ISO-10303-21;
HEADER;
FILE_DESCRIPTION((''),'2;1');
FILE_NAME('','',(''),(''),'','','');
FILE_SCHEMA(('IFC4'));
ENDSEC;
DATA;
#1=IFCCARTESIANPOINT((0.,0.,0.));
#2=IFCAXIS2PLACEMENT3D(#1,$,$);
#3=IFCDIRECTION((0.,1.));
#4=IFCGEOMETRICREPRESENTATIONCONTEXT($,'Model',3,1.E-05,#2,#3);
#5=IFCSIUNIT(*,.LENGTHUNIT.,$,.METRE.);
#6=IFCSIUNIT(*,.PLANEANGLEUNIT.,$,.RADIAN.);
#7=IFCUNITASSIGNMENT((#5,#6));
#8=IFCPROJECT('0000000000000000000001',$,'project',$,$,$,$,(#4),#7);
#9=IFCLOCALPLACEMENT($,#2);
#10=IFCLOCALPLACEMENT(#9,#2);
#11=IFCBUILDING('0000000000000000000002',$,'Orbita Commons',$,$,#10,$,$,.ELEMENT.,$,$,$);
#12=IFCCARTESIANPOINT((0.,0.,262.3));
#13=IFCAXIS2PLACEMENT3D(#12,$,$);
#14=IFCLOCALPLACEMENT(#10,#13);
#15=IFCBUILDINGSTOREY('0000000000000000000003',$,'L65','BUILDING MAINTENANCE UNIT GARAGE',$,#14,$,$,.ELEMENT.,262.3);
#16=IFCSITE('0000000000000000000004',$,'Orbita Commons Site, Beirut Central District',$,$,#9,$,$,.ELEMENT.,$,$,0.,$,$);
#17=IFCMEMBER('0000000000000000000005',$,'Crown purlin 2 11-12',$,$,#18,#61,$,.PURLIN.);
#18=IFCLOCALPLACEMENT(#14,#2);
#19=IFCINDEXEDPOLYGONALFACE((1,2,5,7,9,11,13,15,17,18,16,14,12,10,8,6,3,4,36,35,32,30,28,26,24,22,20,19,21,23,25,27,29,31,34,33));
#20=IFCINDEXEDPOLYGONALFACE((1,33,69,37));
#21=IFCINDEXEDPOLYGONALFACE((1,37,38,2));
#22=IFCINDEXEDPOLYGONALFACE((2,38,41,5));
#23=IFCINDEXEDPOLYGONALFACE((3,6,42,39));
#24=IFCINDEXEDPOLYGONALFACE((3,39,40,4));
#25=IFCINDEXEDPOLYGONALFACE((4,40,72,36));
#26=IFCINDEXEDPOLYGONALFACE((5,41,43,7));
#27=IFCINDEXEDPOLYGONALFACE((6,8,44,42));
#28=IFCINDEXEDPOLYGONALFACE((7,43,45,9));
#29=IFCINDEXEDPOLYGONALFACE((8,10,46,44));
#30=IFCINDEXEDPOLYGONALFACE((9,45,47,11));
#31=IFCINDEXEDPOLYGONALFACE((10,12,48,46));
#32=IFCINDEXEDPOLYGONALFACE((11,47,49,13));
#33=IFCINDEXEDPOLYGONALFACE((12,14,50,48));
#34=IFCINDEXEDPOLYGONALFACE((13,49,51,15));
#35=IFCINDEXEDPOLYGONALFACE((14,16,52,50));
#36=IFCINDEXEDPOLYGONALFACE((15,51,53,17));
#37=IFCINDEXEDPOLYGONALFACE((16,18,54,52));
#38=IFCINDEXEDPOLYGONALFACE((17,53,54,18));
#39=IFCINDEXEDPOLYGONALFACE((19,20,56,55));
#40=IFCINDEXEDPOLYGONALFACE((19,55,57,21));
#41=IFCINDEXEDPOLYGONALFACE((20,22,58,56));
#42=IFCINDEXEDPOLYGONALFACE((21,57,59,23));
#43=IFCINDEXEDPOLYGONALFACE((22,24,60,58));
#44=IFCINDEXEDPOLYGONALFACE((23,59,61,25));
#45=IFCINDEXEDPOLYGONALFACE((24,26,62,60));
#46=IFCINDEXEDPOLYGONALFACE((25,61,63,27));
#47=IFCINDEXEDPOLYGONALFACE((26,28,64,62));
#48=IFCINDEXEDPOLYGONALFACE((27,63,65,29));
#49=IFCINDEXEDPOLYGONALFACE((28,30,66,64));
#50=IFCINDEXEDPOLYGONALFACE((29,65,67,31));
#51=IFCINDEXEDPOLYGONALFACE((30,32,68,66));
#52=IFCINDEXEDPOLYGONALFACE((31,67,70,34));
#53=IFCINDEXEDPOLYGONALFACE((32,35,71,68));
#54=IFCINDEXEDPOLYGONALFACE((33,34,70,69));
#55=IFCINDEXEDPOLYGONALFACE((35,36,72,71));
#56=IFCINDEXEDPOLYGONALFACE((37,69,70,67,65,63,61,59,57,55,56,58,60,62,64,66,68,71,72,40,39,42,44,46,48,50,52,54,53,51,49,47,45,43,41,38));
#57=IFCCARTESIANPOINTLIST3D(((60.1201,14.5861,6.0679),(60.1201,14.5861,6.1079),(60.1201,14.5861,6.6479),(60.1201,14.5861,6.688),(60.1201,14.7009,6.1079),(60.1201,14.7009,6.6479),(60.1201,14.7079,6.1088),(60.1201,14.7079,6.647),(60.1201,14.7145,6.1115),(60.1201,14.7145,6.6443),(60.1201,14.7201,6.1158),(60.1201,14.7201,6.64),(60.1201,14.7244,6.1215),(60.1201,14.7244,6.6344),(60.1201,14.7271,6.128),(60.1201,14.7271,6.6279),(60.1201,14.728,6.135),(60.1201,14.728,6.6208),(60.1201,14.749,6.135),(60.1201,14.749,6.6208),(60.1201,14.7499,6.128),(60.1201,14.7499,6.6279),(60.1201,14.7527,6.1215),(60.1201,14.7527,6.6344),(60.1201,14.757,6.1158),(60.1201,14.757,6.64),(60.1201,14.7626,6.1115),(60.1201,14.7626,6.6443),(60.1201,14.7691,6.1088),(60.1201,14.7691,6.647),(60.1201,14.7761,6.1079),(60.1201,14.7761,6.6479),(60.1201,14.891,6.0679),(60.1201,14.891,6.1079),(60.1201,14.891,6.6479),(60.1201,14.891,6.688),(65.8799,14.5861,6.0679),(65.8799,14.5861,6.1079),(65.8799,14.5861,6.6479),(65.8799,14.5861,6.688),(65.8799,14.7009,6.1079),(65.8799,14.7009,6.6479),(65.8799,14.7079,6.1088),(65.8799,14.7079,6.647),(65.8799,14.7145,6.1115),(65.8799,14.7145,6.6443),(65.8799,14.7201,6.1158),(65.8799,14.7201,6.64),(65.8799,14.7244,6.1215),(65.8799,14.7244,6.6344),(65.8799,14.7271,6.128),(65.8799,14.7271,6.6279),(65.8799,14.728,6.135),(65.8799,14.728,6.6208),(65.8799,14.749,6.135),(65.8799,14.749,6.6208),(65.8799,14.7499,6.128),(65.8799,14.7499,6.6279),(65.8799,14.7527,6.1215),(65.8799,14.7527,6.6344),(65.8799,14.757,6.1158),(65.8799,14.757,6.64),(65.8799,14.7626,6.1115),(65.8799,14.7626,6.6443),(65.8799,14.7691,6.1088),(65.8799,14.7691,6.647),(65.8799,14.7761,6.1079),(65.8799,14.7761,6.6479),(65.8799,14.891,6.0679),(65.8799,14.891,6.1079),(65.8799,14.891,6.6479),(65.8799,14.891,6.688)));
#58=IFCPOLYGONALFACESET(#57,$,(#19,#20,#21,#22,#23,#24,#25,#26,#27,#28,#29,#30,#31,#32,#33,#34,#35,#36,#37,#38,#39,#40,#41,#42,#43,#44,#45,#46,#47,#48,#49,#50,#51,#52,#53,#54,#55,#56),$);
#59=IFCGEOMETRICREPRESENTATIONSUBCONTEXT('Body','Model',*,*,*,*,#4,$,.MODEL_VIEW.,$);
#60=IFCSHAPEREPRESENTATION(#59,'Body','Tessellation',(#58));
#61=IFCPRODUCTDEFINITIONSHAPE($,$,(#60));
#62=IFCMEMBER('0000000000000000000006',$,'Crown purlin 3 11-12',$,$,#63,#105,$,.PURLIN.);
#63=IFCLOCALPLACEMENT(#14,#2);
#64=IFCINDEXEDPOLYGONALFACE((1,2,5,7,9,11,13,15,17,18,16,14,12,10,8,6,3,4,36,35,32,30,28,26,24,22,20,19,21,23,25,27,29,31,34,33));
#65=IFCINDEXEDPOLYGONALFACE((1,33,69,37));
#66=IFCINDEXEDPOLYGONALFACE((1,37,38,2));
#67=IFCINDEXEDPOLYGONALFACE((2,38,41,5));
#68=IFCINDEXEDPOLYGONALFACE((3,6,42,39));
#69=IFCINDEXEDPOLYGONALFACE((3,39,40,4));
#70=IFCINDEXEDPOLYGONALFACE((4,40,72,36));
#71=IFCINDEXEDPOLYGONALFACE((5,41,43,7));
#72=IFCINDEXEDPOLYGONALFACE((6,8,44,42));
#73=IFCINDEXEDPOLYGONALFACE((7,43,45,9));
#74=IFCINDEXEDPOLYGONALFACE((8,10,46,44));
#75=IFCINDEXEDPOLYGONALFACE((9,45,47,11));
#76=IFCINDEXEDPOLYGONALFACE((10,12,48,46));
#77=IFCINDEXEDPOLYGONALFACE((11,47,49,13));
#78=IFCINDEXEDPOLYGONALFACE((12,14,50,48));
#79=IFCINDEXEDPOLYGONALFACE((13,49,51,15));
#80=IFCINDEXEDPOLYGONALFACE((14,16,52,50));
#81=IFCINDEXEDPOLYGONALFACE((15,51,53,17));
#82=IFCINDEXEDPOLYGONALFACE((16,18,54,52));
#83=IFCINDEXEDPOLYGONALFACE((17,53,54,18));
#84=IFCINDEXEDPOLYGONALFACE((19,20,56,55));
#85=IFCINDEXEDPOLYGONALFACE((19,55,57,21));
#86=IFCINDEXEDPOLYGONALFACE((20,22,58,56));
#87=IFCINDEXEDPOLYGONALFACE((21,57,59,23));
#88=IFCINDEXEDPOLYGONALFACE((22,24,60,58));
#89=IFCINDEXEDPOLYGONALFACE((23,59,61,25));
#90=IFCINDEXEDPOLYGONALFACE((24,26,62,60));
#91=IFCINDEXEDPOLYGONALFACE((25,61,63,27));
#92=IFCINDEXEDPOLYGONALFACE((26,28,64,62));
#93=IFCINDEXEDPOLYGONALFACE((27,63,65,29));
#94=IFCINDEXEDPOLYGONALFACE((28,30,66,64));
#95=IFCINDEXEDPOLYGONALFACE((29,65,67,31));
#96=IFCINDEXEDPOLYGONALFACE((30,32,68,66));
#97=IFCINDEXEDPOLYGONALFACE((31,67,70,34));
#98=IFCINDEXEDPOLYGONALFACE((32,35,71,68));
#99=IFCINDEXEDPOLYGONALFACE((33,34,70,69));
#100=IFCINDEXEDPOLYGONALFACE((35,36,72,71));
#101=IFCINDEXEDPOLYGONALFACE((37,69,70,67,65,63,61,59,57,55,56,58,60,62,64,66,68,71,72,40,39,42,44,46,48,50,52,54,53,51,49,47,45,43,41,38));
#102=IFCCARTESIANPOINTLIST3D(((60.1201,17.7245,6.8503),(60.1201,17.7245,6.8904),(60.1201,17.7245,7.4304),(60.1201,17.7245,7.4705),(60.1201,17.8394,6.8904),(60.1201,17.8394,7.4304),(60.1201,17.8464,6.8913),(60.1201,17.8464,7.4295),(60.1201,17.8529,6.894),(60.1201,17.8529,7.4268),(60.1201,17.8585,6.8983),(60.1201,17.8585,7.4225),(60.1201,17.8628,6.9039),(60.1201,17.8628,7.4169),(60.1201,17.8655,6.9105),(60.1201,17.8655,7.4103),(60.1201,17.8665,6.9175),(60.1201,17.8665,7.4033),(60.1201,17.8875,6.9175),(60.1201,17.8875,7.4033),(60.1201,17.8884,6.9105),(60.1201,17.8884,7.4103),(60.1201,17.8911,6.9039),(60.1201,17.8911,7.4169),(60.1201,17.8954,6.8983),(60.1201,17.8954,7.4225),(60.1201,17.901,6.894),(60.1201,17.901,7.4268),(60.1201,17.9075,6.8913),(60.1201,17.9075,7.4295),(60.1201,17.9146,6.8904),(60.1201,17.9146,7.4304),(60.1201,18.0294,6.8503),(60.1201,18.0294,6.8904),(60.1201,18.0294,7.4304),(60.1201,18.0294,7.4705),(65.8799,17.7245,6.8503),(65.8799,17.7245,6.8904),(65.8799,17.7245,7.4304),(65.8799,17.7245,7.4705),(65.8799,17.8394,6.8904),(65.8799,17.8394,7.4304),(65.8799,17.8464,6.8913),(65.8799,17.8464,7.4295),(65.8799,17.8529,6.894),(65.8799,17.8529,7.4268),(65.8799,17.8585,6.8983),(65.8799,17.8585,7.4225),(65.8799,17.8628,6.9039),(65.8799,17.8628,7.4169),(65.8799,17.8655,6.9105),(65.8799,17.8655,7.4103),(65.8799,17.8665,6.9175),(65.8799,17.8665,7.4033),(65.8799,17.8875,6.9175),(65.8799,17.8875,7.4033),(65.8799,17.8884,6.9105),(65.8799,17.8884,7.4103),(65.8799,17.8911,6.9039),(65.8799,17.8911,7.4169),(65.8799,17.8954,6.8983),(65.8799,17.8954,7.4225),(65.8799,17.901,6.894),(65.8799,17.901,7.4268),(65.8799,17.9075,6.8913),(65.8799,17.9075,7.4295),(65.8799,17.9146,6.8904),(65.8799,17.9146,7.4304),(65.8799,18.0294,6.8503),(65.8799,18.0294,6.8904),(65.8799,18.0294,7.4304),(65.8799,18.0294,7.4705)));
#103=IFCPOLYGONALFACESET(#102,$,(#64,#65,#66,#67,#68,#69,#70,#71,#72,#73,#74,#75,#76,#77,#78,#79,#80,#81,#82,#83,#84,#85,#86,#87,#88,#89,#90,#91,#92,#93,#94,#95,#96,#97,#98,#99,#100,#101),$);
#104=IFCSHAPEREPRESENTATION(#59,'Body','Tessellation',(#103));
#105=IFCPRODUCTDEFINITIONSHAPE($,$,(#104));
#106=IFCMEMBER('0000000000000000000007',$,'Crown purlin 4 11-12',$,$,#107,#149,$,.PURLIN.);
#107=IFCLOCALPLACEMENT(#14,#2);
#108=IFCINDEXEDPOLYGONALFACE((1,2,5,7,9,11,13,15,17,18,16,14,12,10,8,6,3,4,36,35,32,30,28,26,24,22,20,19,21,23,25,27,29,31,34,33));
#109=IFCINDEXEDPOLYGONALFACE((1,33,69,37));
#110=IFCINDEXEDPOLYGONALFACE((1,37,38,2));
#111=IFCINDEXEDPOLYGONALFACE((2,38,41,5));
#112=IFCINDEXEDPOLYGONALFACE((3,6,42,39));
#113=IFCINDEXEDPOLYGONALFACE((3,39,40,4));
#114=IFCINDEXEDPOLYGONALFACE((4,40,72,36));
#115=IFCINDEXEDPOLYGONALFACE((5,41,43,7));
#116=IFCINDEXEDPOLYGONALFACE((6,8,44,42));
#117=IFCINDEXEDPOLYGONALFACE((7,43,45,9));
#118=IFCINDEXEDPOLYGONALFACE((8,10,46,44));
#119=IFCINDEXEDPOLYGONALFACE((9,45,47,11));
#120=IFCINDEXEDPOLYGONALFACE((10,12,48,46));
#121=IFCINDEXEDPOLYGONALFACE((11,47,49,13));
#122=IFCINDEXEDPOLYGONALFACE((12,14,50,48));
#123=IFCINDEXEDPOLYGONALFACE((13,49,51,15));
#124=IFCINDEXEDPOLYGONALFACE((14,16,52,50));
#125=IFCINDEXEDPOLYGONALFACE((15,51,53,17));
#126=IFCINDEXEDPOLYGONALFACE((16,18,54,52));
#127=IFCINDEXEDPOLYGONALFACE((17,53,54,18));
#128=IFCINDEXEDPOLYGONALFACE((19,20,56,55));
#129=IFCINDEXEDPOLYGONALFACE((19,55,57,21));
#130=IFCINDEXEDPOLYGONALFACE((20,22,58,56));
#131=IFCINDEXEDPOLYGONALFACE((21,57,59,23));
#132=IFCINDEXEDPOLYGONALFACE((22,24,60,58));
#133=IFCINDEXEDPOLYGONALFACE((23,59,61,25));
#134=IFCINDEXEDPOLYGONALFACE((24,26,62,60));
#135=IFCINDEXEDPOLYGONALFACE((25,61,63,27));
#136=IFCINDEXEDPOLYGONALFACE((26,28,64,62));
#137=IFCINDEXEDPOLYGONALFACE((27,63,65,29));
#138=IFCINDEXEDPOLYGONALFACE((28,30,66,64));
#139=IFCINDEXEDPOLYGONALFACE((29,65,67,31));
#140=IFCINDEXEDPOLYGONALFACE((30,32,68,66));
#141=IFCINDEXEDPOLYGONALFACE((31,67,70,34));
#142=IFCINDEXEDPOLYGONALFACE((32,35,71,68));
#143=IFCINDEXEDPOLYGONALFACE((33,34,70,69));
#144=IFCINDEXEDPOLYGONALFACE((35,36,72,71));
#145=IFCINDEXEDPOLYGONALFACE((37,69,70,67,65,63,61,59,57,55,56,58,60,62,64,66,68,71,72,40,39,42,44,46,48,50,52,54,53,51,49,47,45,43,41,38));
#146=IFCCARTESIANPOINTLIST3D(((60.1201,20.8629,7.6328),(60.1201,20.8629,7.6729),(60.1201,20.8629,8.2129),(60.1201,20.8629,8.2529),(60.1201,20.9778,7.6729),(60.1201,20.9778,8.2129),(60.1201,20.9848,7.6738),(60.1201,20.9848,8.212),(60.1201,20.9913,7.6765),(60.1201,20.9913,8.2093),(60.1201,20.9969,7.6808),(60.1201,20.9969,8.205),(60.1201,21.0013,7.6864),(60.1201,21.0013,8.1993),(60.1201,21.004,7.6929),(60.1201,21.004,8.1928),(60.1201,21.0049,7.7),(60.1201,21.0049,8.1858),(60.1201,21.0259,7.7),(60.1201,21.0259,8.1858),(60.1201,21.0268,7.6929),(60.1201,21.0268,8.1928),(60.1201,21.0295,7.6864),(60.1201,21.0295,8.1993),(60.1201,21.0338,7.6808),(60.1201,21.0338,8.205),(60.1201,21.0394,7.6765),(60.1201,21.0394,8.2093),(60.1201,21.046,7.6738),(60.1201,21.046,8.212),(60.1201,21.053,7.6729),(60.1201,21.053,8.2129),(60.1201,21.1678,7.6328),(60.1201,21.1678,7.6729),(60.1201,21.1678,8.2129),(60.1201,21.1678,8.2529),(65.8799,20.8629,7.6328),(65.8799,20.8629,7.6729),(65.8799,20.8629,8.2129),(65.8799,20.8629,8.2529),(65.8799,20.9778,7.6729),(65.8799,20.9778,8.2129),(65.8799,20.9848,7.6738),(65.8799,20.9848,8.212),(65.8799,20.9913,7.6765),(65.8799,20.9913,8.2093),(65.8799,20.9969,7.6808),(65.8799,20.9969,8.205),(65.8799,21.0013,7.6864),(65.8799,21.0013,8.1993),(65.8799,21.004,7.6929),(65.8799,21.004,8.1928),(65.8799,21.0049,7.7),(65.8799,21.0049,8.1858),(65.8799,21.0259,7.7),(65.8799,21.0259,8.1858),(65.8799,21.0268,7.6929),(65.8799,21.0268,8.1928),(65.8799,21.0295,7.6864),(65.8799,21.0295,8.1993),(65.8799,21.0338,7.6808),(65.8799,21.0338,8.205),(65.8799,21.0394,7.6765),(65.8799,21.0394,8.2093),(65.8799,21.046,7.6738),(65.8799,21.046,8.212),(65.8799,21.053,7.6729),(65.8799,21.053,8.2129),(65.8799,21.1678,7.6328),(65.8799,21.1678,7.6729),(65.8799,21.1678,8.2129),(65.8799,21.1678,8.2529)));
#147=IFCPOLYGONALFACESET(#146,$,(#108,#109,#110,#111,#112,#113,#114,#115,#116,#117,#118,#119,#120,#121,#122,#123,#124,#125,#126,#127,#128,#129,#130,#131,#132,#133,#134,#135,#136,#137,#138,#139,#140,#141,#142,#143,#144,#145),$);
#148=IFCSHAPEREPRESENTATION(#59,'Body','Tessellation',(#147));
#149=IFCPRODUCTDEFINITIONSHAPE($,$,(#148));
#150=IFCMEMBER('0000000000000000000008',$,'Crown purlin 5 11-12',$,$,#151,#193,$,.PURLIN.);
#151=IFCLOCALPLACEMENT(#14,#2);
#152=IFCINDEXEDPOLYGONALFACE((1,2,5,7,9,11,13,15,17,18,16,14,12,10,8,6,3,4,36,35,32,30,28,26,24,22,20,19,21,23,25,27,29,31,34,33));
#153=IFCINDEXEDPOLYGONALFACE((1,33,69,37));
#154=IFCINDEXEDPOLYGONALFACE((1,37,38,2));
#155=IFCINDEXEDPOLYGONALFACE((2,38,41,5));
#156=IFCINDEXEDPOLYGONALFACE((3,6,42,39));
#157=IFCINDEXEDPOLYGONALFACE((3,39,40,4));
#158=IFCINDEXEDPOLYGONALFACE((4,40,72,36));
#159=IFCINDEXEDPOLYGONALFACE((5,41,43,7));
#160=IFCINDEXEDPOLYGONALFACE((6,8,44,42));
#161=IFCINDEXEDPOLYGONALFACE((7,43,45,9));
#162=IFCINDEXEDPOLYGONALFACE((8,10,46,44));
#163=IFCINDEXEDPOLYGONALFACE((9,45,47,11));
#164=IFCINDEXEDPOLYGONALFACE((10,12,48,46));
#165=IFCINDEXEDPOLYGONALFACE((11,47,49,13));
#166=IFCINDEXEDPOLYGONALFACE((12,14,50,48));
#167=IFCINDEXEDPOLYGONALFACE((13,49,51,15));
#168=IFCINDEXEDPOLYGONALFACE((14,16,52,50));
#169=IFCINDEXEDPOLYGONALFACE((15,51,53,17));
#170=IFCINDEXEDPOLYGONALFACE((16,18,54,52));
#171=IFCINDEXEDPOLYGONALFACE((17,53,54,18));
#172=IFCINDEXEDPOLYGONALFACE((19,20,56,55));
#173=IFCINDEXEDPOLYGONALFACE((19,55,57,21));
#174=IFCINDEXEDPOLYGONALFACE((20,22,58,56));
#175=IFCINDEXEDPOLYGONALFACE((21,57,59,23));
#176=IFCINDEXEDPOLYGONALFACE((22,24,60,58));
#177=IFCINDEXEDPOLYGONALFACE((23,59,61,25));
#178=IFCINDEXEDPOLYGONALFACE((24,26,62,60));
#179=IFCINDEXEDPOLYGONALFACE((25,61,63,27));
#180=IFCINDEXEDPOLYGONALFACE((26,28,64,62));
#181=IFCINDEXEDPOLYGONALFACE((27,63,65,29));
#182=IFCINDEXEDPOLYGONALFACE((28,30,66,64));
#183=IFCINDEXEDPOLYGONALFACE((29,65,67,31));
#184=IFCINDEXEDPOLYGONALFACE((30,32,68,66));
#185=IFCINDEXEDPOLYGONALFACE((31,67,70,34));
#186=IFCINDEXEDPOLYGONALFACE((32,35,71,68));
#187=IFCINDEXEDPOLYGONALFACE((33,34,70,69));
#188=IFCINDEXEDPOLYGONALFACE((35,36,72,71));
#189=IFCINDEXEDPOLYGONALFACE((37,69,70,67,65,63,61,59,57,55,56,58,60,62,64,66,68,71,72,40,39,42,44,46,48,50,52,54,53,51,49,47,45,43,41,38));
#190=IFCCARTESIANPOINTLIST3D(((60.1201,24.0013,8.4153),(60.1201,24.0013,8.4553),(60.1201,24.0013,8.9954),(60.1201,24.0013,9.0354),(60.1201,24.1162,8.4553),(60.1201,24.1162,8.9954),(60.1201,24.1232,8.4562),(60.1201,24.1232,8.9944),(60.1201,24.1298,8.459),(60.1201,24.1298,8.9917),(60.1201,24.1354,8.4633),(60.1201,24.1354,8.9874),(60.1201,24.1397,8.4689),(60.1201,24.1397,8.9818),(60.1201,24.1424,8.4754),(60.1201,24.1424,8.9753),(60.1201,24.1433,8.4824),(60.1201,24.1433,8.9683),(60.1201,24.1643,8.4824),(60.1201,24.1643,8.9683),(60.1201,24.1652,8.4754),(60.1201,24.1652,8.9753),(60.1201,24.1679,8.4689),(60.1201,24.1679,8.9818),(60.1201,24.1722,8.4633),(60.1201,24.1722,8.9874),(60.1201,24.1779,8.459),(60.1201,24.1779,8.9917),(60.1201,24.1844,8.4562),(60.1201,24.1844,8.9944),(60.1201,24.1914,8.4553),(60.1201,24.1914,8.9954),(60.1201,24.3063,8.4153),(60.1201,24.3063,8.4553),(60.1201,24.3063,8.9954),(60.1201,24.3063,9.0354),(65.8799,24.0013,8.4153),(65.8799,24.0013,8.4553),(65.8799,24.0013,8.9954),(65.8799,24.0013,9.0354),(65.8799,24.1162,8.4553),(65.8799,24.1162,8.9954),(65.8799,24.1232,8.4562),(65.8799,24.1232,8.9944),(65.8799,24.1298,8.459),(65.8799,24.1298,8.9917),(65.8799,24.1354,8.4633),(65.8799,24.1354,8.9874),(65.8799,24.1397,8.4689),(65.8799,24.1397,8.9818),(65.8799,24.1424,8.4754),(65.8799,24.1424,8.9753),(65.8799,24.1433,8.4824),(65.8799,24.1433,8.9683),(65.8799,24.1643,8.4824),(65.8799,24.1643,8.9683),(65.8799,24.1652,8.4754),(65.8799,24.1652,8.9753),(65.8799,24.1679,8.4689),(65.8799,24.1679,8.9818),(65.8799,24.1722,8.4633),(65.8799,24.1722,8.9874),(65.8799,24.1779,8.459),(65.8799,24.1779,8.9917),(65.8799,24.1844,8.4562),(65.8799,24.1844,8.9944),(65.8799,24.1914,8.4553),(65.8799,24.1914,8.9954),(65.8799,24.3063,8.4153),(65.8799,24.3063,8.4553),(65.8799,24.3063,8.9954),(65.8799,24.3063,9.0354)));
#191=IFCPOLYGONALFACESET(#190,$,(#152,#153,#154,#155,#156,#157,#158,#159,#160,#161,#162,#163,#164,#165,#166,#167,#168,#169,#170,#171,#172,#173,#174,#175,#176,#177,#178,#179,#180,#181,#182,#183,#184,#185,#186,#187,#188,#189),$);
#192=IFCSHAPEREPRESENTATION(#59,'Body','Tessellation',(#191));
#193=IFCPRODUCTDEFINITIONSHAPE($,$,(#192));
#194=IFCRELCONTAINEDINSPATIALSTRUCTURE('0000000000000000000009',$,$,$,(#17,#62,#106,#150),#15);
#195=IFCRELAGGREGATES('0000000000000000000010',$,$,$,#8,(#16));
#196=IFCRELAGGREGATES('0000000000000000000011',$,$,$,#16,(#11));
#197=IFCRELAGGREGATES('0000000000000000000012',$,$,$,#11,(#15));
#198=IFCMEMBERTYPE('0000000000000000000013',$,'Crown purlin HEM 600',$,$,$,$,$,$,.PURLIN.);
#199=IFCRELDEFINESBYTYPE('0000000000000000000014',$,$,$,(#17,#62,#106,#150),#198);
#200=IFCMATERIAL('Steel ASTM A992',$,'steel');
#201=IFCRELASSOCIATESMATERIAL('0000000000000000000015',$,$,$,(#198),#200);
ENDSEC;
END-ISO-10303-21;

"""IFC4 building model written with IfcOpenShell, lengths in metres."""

from ifc_helpers import new_model, si_unit, direction, frame, origin, origin_2d, place, context, subcontext, project, spatial, i_section, extrude, material, material_profile, profile_set, type_object, element, save


model = new_model("IFC4")

# Units and contexts
model_context = context("Model", 3, precision=1e-05, world=origin(), true_north=direction((0.0, 1.0)))
body_context = subcontext(model_context, "Body", "Model", "MODEL_VIEW")
ifc_project = project(units=[si_unit("LENGTHUNIT", "METRE"), si_unit("PLANEANGLEUNIT", "RADIAN")], contexts=[model_context])

# Site, building, storey
site_placement = place(None, origin())
site = spatial("IfcSite", under=ifc_project, at=site_placement, Name="Orbita Commons Site, Beirut Central District", CompositionType="ELEMENT", RefElevation=0.0)
building_placement = place(site_placement, origin())
building = spatial("IfcBuilding", under=site, at=building_placement, Name="Orbita Commons", CompositionType="ELEMENT")
storey_placement = place(building_placement, frame((0.0, 0.0, 262.3)))
storey = spatial("IfcBuildingStorey", under=building, at=storey_placement, Name="L65", Description="BUILDING MAINTENANCE UNIT GARAGE", CompositionType="ELEMENT", Elevation=262.3)

# Members
ifc_material_1 = material(Name="Steel ASTM A992", Category="steel")
ifc_material_profile_1 = material_profile(ifc_material_1, i_section(OverallWidth=0.3049, OverallDepth=0.6201, WebThickness=0.021, FlangeThickness=0.04, FilletRadius=0.0271, at=origin_2d()), Name="HEM 600")
ifc_profile_set_1 = profile_set([ifc_material_profile_1], Name="Steel ASTM A992")
member_type_1 = type_object("IfcMemberType", Name="Crown purlin HEM 600", PredefinedType="PURLIN", material=ifc_profile_set_1)
for number, where, z_axis, x_axis, name in (
    (1, (60.1201, 14.7385, 6.3779), (1.0, 0.0, 0.0), (0.0, 1.0, 0.0), "Crown purlin 2 11-12"),
    (2, (60.1201, 17.877, 7.1604), (1.0, 0.0, 0.0), (0.0, 1.0, 0.0), "Crown purlin 3 11-12"),
    (3, (60.1201, 21.0154, 7.9429), (1.0, 0.0, 0.0), (0.0, 1.0, 0.0), "Crown purlin 4 11-12"),
    (4, (60.1201, 24.1538, 8.7253), (1.0, 0.0, 0.0), (0.0, 1.0, 0.0), "Crown purlin 5 11-12"),
):
    element("IfcMember", number, at=place(storey_placement, frame(where, z_axis=z_axis, x_axis=x_axis)), inside=storey, type_object=member_type_1, Name=name, PredefinedType="PURLIN", context=body_context, shape_type="SweptSolid", body=[
        extrude(i_section(OverallWidth=0.3049, OverallDepth=0.6201, WebThickness=0.021, FlangeThickness=0.04, FilletRadius=0.0271, at=origin_2d()), origin(), (0.0, 0.0, 1.0), 5.7598),
    ])

save(model, "model.ifc")
